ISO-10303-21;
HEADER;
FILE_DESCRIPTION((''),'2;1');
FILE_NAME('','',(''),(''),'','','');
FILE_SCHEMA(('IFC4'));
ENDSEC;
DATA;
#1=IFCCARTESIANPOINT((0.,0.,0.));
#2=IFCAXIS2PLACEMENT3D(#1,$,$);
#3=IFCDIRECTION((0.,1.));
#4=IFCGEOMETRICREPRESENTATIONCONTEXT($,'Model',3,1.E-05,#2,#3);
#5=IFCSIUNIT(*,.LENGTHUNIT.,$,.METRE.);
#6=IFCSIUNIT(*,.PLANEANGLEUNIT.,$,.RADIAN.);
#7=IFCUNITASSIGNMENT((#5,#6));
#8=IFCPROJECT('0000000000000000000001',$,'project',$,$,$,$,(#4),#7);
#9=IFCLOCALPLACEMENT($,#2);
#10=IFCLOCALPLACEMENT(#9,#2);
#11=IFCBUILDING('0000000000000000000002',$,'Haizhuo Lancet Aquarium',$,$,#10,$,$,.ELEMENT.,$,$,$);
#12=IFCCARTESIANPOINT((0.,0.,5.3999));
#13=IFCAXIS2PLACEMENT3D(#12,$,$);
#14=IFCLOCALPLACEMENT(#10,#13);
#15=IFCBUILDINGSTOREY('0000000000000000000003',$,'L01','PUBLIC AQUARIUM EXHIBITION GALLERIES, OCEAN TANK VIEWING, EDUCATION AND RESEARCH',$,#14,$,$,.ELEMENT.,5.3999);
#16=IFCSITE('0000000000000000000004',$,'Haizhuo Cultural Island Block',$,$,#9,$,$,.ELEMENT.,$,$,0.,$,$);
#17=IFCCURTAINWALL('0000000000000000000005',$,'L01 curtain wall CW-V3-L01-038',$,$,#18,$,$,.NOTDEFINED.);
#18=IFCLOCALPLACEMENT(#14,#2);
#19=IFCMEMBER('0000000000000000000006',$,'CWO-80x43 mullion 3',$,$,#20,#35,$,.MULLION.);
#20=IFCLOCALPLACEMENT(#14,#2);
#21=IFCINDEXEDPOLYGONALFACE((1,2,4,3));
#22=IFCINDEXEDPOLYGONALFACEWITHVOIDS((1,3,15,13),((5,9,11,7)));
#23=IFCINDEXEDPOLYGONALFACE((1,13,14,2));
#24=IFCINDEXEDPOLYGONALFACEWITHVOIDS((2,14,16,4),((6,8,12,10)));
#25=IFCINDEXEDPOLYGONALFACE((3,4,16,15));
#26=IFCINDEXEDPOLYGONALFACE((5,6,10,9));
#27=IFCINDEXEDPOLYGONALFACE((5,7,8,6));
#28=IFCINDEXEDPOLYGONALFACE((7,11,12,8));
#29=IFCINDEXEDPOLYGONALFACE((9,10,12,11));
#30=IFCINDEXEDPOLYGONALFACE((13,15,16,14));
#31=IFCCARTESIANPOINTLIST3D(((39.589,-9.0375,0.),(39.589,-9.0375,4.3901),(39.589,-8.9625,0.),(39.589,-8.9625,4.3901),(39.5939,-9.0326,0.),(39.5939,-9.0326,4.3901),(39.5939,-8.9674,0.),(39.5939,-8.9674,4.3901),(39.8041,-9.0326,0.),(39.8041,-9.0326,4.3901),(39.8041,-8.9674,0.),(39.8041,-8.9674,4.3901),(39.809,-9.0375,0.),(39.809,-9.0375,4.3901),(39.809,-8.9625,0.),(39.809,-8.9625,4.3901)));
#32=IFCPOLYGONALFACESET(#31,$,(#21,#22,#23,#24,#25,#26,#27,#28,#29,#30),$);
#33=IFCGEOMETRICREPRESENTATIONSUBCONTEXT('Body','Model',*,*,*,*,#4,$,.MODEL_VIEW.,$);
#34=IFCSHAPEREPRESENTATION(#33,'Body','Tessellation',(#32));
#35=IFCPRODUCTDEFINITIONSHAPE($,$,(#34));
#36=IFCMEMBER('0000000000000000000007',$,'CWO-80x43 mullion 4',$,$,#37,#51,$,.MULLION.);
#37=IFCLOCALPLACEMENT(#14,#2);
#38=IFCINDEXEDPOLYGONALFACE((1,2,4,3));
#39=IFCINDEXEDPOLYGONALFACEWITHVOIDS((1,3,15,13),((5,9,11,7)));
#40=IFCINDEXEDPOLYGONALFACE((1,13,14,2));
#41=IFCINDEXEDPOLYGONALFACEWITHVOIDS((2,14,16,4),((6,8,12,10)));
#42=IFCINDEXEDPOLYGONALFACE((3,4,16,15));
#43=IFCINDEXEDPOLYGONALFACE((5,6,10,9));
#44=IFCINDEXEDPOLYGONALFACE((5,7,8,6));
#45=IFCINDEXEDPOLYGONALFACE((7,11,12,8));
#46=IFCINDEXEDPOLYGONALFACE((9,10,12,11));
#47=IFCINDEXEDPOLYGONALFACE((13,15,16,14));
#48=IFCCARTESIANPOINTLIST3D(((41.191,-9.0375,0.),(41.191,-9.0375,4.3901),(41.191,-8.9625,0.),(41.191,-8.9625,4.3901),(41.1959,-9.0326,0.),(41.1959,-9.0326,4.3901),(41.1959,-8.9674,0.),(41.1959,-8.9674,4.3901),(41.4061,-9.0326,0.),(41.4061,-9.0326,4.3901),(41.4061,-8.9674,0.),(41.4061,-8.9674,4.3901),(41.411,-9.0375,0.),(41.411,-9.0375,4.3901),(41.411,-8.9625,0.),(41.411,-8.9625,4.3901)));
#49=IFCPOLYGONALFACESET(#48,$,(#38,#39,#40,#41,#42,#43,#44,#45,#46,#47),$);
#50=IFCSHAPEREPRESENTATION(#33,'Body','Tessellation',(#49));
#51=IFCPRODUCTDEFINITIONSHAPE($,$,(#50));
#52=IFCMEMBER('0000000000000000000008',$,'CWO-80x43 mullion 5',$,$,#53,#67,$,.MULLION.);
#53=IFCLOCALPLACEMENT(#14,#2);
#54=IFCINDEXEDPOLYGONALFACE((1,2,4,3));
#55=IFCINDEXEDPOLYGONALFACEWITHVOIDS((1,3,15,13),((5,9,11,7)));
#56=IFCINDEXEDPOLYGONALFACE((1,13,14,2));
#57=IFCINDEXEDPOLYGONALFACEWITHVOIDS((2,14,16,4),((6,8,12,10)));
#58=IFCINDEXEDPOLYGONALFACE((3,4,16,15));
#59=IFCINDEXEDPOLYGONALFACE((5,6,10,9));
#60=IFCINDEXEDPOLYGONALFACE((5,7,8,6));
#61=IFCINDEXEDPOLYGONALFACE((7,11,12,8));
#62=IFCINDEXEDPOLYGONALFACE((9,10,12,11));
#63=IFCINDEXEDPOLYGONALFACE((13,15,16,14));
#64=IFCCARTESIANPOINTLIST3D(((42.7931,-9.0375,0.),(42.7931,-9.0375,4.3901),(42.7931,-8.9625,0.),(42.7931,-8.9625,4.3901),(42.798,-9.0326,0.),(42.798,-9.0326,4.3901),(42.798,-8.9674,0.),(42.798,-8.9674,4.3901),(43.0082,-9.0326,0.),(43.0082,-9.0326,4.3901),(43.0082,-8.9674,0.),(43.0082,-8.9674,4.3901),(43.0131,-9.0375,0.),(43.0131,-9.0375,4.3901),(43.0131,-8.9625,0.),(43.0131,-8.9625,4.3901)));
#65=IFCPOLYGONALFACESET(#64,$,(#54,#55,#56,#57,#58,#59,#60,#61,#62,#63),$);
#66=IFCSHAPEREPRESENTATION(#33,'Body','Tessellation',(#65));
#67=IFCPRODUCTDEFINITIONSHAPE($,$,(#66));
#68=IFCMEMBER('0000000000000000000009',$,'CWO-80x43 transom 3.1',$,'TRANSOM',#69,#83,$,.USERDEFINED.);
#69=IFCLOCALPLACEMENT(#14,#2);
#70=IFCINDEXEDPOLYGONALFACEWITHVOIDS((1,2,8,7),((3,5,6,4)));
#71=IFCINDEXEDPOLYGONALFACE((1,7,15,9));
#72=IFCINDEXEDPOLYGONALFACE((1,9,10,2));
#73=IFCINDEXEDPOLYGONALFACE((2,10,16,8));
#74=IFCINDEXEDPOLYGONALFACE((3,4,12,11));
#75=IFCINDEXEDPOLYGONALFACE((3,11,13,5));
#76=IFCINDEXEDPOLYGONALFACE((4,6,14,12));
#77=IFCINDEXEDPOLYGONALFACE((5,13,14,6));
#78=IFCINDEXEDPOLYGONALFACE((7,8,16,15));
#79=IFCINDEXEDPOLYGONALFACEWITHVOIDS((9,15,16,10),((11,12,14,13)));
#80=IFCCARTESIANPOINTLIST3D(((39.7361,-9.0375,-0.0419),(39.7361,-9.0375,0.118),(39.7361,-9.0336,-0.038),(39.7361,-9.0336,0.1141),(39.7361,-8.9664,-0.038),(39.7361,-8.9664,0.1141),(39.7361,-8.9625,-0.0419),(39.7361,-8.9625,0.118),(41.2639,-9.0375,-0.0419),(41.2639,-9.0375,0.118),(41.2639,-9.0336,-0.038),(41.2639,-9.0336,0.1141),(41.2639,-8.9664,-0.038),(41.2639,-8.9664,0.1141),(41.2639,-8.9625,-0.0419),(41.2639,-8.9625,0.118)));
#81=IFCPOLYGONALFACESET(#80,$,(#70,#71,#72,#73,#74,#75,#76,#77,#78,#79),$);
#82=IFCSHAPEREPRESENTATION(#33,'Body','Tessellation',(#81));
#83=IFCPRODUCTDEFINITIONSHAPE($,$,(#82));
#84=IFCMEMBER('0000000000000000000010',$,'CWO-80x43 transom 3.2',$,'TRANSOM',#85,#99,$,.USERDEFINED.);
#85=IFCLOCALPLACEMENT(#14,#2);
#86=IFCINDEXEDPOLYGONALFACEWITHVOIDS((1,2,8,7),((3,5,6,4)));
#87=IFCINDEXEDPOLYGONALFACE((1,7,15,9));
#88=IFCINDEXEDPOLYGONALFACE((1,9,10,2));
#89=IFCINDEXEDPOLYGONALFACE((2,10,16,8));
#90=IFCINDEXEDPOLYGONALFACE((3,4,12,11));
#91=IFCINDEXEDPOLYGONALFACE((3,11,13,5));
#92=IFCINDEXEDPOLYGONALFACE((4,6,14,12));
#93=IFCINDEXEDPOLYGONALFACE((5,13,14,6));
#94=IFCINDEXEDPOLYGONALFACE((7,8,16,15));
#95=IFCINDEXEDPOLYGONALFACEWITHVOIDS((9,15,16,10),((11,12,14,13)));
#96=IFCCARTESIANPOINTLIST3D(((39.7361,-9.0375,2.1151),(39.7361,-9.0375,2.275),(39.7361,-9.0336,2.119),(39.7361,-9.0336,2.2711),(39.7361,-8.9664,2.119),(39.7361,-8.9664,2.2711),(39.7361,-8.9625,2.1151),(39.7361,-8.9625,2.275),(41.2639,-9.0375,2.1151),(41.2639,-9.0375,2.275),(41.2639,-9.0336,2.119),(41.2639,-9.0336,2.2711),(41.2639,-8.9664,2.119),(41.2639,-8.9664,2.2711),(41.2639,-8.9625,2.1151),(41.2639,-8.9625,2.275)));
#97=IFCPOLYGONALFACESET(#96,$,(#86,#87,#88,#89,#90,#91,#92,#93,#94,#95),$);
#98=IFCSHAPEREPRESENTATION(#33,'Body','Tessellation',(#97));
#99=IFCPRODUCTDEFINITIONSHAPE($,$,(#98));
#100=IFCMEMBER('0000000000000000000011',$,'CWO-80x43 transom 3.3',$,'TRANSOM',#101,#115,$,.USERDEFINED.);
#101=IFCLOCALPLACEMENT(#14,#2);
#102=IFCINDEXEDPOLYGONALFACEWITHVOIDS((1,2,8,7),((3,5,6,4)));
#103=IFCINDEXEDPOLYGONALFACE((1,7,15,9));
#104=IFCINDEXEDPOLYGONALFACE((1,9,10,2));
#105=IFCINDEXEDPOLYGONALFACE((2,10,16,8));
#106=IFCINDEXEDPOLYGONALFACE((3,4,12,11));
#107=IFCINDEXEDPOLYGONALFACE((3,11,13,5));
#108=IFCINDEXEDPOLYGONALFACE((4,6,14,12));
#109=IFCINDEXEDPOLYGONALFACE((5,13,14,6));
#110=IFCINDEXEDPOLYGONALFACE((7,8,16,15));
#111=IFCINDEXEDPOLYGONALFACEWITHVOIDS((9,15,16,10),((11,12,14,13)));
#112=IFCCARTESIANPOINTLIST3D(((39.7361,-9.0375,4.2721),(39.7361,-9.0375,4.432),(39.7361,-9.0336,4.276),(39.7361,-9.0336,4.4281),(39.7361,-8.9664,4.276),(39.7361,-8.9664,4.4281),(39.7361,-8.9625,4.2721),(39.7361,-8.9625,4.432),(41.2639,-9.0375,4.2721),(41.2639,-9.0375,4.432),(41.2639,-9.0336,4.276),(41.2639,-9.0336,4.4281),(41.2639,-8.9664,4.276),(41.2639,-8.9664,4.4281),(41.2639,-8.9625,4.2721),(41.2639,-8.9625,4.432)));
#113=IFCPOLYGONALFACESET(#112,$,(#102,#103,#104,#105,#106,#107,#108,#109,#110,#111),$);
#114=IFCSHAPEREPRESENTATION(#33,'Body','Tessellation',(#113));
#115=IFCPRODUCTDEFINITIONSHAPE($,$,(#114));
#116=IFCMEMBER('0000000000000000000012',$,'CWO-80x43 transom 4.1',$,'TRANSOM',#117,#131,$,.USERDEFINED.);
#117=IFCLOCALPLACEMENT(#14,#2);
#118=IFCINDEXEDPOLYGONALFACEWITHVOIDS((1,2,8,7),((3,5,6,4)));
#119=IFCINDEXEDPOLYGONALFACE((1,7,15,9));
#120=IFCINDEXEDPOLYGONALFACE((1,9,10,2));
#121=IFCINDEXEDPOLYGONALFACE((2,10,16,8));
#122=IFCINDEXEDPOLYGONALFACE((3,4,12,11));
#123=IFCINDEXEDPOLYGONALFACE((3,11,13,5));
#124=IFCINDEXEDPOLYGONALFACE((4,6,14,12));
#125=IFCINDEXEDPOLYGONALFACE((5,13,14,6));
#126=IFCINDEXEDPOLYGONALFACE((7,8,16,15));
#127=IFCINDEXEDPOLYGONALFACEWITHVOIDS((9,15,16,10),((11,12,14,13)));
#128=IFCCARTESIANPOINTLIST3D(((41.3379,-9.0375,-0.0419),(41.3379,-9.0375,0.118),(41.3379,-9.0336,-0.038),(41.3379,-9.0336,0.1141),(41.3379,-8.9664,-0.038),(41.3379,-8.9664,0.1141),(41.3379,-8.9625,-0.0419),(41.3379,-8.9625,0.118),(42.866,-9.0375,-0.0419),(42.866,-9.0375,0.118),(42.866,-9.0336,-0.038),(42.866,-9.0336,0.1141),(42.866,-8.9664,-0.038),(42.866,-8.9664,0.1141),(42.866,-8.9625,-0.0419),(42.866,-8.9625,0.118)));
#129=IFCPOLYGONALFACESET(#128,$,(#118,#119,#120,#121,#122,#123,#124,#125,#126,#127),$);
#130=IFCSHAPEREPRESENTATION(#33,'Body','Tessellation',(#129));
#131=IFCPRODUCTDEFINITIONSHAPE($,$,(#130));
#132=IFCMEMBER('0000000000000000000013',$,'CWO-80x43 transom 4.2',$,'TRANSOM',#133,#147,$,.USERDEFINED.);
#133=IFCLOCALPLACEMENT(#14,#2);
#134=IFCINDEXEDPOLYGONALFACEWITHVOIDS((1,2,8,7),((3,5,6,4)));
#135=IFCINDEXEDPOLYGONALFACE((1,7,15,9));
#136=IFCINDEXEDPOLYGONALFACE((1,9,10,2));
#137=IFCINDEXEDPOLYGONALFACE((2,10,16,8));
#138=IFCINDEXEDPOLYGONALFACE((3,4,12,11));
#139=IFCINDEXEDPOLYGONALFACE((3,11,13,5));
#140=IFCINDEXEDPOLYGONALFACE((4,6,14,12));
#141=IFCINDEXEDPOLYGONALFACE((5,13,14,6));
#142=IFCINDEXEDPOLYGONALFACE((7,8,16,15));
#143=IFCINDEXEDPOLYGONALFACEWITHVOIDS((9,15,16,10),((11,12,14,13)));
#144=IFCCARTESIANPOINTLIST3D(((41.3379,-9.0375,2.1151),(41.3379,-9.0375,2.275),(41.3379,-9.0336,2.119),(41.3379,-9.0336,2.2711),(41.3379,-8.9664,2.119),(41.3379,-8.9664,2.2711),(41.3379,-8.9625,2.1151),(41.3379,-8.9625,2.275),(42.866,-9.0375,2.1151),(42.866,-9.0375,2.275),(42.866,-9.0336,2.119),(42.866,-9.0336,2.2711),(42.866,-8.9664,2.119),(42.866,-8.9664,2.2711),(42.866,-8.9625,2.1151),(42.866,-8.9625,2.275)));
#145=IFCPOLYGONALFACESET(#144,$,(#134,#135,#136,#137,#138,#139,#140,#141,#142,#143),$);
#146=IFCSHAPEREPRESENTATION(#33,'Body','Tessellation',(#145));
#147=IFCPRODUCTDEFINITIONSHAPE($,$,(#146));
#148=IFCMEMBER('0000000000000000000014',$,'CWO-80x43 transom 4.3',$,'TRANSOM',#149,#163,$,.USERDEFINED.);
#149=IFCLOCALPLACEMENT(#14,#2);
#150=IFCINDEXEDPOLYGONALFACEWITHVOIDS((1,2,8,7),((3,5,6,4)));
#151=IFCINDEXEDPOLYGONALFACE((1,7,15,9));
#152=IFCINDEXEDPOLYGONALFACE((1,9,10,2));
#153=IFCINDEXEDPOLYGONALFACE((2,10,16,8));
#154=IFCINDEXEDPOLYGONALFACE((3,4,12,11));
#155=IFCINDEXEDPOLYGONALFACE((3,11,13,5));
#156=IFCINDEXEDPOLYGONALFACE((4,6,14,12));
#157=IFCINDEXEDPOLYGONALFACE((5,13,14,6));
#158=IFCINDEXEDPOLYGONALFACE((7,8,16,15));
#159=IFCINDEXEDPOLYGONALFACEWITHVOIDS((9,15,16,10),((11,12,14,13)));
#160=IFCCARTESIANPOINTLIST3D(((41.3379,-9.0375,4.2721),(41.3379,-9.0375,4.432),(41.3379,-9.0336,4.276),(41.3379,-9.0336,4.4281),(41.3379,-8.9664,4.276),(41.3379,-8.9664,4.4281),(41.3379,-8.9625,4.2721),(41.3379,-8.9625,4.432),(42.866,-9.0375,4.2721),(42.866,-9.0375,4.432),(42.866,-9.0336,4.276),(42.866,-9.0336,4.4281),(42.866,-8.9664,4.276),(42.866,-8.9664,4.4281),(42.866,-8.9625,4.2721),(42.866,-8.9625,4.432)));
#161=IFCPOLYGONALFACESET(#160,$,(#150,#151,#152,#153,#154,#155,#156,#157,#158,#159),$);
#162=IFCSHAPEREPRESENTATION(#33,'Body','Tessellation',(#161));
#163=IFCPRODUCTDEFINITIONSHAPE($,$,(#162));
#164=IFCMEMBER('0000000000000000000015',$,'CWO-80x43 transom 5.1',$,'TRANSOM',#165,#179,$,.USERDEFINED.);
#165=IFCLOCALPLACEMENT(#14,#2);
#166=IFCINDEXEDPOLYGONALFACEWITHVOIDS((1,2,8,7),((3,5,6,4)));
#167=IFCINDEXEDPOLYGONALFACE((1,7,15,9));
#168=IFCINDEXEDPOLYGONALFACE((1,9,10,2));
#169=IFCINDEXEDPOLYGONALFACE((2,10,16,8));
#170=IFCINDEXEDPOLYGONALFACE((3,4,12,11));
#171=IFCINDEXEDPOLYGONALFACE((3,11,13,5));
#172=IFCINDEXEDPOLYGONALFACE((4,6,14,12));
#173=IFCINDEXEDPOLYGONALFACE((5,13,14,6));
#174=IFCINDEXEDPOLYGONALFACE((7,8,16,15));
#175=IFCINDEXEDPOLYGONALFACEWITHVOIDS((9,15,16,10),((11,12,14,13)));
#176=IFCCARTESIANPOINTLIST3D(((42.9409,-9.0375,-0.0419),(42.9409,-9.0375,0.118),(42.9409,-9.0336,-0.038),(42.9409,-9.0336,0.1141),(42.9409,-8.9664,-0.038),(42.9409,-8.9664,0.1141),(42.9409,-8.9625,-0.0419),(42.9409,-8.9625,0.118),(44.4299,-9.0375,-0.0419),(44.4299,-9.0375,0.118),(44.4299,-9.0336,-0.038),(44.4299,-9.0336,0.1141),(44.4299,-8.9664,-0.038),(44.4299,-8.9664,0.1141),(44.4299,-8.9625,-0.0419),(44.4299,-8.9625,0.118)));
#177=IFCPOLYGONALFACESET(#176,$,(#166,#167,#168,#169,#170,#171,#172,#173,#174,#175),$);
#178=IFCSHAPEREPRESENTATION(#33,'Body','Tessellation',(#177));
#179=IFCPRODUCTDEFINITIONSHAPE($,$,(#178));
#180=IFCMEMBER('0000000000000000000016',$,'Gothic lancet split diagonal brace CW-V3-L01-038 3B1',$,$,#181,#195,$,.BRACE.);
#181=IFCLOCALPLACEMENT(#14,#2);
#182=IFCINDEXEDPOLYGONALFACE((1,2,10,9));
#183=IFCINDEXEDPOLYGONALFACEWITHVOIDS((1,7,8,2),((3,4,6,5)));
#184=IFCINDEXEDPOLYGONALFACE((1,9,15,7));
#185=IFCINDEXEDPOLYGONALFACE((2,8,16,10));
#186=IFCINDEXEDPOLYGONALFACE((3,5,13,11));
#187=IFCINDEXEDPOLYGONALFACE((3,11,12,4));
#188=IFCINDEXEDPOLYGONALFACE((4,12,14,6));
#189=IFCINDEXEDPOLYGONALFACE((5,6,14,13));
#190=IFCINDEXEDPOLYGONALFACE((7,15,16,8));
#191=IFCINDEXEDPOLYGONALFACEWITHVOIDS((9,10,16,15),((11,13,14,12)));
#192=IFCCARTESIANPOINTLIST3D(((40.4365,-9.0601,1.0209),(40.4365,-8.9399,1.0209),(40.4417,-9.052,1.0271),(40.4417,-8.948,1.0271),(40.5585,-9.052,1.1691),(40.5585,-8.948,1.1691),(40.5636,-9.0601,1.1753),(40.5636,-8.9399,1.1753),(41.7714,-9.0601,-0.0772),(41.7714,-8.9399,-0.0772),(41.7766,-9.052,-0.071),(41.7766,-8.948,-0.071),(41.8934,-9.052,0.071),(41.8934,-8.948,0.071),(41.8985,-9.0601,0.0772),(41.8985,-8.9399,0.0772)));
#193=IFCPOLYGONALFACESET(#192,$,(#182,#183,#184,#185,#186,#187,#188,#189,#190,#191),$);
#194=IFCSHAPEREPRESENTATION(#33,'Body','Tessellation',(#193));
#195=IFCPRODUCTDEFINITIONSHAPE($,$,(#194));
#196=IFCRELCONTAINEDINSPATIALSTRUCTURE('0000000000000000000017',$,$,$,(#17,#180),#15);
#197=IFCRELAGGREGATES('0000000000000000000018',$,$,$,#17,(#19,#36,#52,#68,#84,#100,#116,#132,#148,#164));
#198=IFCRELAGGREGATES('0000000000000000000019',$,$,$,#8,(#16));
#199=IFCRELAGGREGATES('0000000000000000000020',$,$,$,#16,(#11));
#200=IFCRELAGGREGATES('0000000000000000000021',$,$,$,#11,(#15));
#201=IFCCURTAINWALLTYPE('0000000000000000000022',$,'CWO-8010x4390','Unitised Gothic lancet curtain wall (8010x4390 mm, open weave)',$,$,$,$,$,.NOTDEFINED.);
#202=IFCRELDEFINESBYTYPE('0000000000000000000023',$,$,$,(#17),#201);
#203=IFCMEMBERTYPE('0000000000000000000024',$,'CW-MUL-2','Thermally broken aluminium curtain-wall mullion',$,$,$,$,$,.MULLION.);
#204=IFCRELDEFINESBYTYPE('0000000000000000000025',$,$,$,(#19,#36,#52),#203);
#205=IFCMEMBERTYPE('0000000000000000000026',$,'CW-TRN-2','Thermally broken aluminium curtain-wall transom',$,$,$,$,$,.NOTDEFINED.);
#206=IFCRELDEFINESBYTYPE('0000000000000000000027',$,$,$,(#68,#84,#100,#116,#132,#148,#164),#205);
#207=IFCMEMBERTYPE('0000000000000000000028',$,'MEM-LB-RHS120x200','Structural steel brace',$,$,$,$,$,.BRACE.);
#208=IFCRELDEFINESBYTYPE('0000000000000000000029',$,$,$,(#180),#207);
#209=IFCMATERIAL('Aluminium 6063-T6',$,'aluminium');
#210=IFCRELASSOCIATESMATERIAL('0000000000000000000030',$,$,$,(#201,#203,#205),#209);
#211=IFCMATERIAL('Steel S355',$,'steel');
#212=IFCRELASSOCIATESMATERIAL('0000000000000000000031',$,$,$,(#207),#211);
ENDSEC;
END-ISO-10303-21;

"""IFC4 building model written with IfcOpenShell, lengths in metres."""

from ifc_helpers import new_model, si_unit, direction, frame, origin, origin_2d, place, context, subcontext, project, spatial, hollow_rectangle, extrude, material, material_profile, profile_set, type_object, element, aggregate, save


model = new_model("IFC4")

# Units and contexts
model_context = context("Model", 3, precision=1e-05, world=origin(), true_north=direction((0.0, 1.0)))
body_context = subcontext(model_context, "Body", "Model", "MODEL_VIEW")
ifc_project = project(units=[si_unit("LENGTHUNIT", "METRE"), si_unit("PLANEANGLEUNIT", "RADIAN")], contexts=[model_context])

# Site, building, storey
site_placement = place(None, origin())
site = spatial("IfcSite", under=ifc_project, at=site_placement, Name="Haizhuo Cultural Island Block", CompositionType="ELEMENT", RefElevation=0.0)
building_placement = place(site_placement, origin())
building = spatial("IfcBuilding", under=site, at=building_placement, Name="Haizhuo Lancet Aquarium", CompositionType="ELEMENT")
storey_placement = place(building_placement, frame((0.0, 0.0, 5.3999)))
storey = spatial("IfcBuildingStorey", under=building, at=storey_placement, Name="L01", Description="PUBLIC AQUARIUM EXHIBITION GALLERIES, OCEAN TANK VIEWING, EDUCATION AND RESEARCH", CompositionType="ELEMENT", Elevation=5.3999)

# Curtain wall, members
ifc_material_1 = material(Name="Aluminium 6063-T6", Category="aluminium")
curtain_wall_type = type_object("IfcCurtainWallType", Name="CWO-8010x4390", Description="Unitised Gothic lancet curtain wall (8010x4390 mm, open weave)", PredefinedType="NOTDEFINED", material=ifc_material_1)
curtain_wall_placement = place(storey_placement, origin())
curtain_wall = element("IfcCurtainWall", 1, at=curtain_wall_placement, inside=storey, type_object=curtain_wall_type, Name="L01 curtain wall CW-V3-L01-038", PredefinedType="NOTDEFINED")
ifc_material_profile_1 = material_profile(ifc_material_1, hollow_rectangle(XDim=0.075, YDim=0.22, WallThickness=0.0049, at=origin_2d()), Name="ALU-M 75x220x5")
ifc_profile_set_1 = profile_set([ifc_material_profile_1], Name="Aluminium 6063-T6")
member_type_1 = type_object("IfcMemberType", Name="CW-MUL-2", Description="Thermally broken aluminium curtain-wall mullion", PredefinedType="MULLION", material=ifc_profile_set_1)
member_1_placement = place(storey_placement, frame((39.699, -9.0, 0.0), z_axis=(0.0, 0.0, 1.0), x_axis=(0.0, 1.0, 0.0)))
member_1 = element("IfcMember", 2, at=member_1_placement, type_object=member_type_1, Name="CWO-80x43 mullion 3", PredefinedType="MULLION", context=body_context, shape_type="SweptSolid", body=[
    extrude(hollow_rectangle(XDim=0.075, YDim=0.22, WallThickness=0.0049, at=origin_2d()), origin(), (0.0, 0.0, 1.0), 4.3901),
])
member_2_placement = place(storey_placement, frame((41.301, -9.0, 0.0), z_axis=(0.0, 0.0, 1.0), x_axis=(0.0, 1.0, 0.0)))
member_2 = element("IfcMember", 3, at=member_2_placement, type_object=member_type_1, Name="CWO-80x43 mullion 4", PredefinedType="MULLION", context=body_context, shape_type="SweptSolid", body=[
    extrude(hollow_rectangle(XDim=0.075, YDim=0.22, WallThickness=0.0049, at=origin_2d()), origin(), (0.0, 0.0, 1.0), 4.3901),
])
member_3_placement = place(storey_placement, frame((42.9031, -9.0, 0.0), z_axis=(0.0, 0.0, 1.0), x_axis=(0.0, 1.0, 0.0)))
member_3 = element("IfcMember", 4, at=member_3_placement, type_object=member_type_1, Name="CWO-80x43 mullion 5", PredefinedType="MULLION", context=body_context, shape_type="SweptSolid", body=[
    extrude(hollow_rectangle(XDim=0.075, YDim=0.22, WallThickness=0.0049, at=origin_2d()), origin(), (0.0, 0.0, 1.0), 4.3901),
])
ifc_material_profile_2 = material_profile(ifc_material_1, hollow_rectangle(XDim=0.075, YDim=0.1599, WallThickness=0.0039, at=origin_2d()), Name="ALU-T 75x160x4")
ifc_profile_set_2 = profile_set([ifc_material_profile_2], Name="Aluminium 6063-T6")
member_type_2 = type_object("IfcMemberType", Name="CW-TRN-2", Description="Thermally broken aluminium curtain-wall transom", PredefinedType="NOTDEFINED", material=ifc_profile_set_2)
member_4_placement = place(storey_placement, frame((39.7361, -9.0, 0.0381), z_axis=(1.0, 0.0, 0.0), x_axis=(0.0, 1.0, 0.0)))
member_4 = element("IfcMember", 5, at=member_4_placement, type_object=member_type_2, Name="CWO-80x43 transom 3.1", ObjectType="TRANSOM", PredefinedType="USERDEFINED", context=body_context, shape_type="SweptSolid", body=[
    extrude(hollow_rectangle(XDim=0.075, YDim=0.1599, WallThickness=0.0039, at=origin_2d()), origin(), (0.0, 0.0, 1.0), 1.5278),
])
member_5_placement = place(storey_placement, frame((39.7361, -9.0, 2.1951), z_axis=(1.0, 0.0, 0.0), x_axis=(0.0, 1.0, 0.0)))
member_5 = element("IfcMember", 6, at=member_5_placement, type_object=member_type_2, Name="CWO-80x43 transom 3.2", ObjectType="TRANSOM", PredefinedType="USERDEFINED", context=body_context, shape_type="SweptSolid", body=[
    extrude(hollow_rectangle(XDim=0.075, YDim=0.1599, WallThickness=0.0039, at=origin_2d()), origin(), (0.0, 0.0, 1.0), 1.5278),
])
member_6_placement = place(storey_placement, frame((39.7361, -9.0, 4.3521), z_axis=(1.0, 0.0, 0.0), x_axis=(0.0, 1.0, 0.0)))
member_6 = element("IfcMember", 7, at=member_6_placement, type_object=member_type_2, Name="CWO-80x43 transom 3.3", ObjectType="TRANSOM", PredefinedType="USERDEFINED", context=body_context, shape_type="SweptSolid", body=[
    extrude(hollow_rectangle(XDim=0.075, YDim=0.1599, WallThickness=0.0039, at=origin_2d()), origin(), (0.0, 0.0, 1.0), 1.5278),
])
member_7_placement = place(storey_placement, frame((41.3379, -9.0, 0.0381), z_axis=(1.0, 0.0, 0.0), x_axis=(0.0, 1.0, 0.0)))
member_7 = element("IfcMember", 8, at=member_7_placement, type_object=member_type_2, Name="CWO-80x43 transom 4.1", ObjectType="TRANSOM", PredefinedType="USERDEFINED", context=body_context, shape_type="SweptSolid", body=[
    extrude(hollow_rectangle(XDim=0.075, YDim=0.1599, WallThickness=0.0039, at=origin_2d()), origin(), (0.0, 0.0, 1.0), 1.5281),
])
member_8_placement = place(storey_placement, frame((41.3379, -9.0, 2.1951), z_axis=(1.0, 0.0, 0.0), x_axis=(0.0, 1.0, 0.0)))
member_8 = element("IfcMember", 9, at=member_8_placement, type_object=member_type_2, Name="CWO-80x43 transom 4.2", ObjectType="TRANSOM", PredefinedType="USERDEFINED", context=body_context, shape_type="SweptSolid", body=[
    extrude(hollow_rectangle(XDim=0.075, YDim=0.1599, WallThickness=0.0039, at=origin_2d()), origin(), (0.0, 0.0, 1.0), 1.5281),
])
member_9_placement = place(storey_placement, frame((41.3379, -9.0, 4.3521), z_axis=(1.0, 0.0, 0.0), x_axis=(0.0, 1.0, 0.0)))
member_9 = element("IfcMember", 10, at=member_9_placement, type_object=member_type_2, Name="CWO-80x43 transom 4.3", ObjectType="TRANSOM", PredefinedType="USERDEFINED", context=body_context, shape_type="SweptSolid", body=[
    extrude(hollow_rectangle(XDim=0.075, YDim=0.1599, WallThickness=0.0039, at=origin_2d()), origin(), (0.0, 0.0, 1.0), 1.5281),
])
member_10_placement = place(storey_placement, frame((42.9409, -9.0, 0.0381), z_axis=(1.0, 0.0, 0.0), x_axis=(0.0, 1.0, 0.0)))
member_10 = element("IfcMember", 11, at=member_10_placement, type_object=member_type_2, Name="CWO-80x43 transom 5.1", ObjectType="TRANSOM", PredefinedType="USERDEFINED", context=body_context, shape_type="SweptSolid", body=[
    extrude(hollow_rectangle(XDim=0.075, YDim=0.1599, WallThickness=0.0039, at=origin_2d()), origin(), (0.0, 0.0, 1.0), 1.489),
])

# Member
ifc_material_2 = material(Name="Steel S355", Category="steel")
ifc_material_profile_3 = material_profile(ifc_material_2, hollow_rectangle(XDim=0.1201, YDim=0.2, WallThickness=0.0081, at=origin_2d()), Name="RHS 120x200x8")
ifc_profile_set_3 = profile_set([ifc_material_profile_3], Name="Steel S355")
member_type_3 = type_object("IfcMemberType", Name="MEM-LB-RHS120x200", Description="Structural steel brace", PredefinedType="BRACE", material=ifc_profile_set_3)
member_11_placement = place(storey_placement, frame((41.835, -9.0, 0.0), z_axis=(-0.772281, 0.0, 0.635281), x_axis=(0.0, -1.0, 0.0)))
element("IfcMember", 12, at=member_11_placement, inside=storey, type_object=member_type_3, Name="Gothic lancet split diagonal brace CW-V3-L01-038 3B1", PredefinedType="BRACE", context=body_context, shape_type="SweptSolid", body=[
    extrude(hollow_rectangle(XDim=0.1201, YDim=0.2, WallThickness=0.0081, at=origin_2d()), origin(), (0.0, 0.0, 1.0), 1.7285),
])

aggregate(curtain_wall, [member_1, member_2, member_3, member_4, member_5, member_6, member_7, member_8, member_9, member_10])

save(model, "model.ifc")
